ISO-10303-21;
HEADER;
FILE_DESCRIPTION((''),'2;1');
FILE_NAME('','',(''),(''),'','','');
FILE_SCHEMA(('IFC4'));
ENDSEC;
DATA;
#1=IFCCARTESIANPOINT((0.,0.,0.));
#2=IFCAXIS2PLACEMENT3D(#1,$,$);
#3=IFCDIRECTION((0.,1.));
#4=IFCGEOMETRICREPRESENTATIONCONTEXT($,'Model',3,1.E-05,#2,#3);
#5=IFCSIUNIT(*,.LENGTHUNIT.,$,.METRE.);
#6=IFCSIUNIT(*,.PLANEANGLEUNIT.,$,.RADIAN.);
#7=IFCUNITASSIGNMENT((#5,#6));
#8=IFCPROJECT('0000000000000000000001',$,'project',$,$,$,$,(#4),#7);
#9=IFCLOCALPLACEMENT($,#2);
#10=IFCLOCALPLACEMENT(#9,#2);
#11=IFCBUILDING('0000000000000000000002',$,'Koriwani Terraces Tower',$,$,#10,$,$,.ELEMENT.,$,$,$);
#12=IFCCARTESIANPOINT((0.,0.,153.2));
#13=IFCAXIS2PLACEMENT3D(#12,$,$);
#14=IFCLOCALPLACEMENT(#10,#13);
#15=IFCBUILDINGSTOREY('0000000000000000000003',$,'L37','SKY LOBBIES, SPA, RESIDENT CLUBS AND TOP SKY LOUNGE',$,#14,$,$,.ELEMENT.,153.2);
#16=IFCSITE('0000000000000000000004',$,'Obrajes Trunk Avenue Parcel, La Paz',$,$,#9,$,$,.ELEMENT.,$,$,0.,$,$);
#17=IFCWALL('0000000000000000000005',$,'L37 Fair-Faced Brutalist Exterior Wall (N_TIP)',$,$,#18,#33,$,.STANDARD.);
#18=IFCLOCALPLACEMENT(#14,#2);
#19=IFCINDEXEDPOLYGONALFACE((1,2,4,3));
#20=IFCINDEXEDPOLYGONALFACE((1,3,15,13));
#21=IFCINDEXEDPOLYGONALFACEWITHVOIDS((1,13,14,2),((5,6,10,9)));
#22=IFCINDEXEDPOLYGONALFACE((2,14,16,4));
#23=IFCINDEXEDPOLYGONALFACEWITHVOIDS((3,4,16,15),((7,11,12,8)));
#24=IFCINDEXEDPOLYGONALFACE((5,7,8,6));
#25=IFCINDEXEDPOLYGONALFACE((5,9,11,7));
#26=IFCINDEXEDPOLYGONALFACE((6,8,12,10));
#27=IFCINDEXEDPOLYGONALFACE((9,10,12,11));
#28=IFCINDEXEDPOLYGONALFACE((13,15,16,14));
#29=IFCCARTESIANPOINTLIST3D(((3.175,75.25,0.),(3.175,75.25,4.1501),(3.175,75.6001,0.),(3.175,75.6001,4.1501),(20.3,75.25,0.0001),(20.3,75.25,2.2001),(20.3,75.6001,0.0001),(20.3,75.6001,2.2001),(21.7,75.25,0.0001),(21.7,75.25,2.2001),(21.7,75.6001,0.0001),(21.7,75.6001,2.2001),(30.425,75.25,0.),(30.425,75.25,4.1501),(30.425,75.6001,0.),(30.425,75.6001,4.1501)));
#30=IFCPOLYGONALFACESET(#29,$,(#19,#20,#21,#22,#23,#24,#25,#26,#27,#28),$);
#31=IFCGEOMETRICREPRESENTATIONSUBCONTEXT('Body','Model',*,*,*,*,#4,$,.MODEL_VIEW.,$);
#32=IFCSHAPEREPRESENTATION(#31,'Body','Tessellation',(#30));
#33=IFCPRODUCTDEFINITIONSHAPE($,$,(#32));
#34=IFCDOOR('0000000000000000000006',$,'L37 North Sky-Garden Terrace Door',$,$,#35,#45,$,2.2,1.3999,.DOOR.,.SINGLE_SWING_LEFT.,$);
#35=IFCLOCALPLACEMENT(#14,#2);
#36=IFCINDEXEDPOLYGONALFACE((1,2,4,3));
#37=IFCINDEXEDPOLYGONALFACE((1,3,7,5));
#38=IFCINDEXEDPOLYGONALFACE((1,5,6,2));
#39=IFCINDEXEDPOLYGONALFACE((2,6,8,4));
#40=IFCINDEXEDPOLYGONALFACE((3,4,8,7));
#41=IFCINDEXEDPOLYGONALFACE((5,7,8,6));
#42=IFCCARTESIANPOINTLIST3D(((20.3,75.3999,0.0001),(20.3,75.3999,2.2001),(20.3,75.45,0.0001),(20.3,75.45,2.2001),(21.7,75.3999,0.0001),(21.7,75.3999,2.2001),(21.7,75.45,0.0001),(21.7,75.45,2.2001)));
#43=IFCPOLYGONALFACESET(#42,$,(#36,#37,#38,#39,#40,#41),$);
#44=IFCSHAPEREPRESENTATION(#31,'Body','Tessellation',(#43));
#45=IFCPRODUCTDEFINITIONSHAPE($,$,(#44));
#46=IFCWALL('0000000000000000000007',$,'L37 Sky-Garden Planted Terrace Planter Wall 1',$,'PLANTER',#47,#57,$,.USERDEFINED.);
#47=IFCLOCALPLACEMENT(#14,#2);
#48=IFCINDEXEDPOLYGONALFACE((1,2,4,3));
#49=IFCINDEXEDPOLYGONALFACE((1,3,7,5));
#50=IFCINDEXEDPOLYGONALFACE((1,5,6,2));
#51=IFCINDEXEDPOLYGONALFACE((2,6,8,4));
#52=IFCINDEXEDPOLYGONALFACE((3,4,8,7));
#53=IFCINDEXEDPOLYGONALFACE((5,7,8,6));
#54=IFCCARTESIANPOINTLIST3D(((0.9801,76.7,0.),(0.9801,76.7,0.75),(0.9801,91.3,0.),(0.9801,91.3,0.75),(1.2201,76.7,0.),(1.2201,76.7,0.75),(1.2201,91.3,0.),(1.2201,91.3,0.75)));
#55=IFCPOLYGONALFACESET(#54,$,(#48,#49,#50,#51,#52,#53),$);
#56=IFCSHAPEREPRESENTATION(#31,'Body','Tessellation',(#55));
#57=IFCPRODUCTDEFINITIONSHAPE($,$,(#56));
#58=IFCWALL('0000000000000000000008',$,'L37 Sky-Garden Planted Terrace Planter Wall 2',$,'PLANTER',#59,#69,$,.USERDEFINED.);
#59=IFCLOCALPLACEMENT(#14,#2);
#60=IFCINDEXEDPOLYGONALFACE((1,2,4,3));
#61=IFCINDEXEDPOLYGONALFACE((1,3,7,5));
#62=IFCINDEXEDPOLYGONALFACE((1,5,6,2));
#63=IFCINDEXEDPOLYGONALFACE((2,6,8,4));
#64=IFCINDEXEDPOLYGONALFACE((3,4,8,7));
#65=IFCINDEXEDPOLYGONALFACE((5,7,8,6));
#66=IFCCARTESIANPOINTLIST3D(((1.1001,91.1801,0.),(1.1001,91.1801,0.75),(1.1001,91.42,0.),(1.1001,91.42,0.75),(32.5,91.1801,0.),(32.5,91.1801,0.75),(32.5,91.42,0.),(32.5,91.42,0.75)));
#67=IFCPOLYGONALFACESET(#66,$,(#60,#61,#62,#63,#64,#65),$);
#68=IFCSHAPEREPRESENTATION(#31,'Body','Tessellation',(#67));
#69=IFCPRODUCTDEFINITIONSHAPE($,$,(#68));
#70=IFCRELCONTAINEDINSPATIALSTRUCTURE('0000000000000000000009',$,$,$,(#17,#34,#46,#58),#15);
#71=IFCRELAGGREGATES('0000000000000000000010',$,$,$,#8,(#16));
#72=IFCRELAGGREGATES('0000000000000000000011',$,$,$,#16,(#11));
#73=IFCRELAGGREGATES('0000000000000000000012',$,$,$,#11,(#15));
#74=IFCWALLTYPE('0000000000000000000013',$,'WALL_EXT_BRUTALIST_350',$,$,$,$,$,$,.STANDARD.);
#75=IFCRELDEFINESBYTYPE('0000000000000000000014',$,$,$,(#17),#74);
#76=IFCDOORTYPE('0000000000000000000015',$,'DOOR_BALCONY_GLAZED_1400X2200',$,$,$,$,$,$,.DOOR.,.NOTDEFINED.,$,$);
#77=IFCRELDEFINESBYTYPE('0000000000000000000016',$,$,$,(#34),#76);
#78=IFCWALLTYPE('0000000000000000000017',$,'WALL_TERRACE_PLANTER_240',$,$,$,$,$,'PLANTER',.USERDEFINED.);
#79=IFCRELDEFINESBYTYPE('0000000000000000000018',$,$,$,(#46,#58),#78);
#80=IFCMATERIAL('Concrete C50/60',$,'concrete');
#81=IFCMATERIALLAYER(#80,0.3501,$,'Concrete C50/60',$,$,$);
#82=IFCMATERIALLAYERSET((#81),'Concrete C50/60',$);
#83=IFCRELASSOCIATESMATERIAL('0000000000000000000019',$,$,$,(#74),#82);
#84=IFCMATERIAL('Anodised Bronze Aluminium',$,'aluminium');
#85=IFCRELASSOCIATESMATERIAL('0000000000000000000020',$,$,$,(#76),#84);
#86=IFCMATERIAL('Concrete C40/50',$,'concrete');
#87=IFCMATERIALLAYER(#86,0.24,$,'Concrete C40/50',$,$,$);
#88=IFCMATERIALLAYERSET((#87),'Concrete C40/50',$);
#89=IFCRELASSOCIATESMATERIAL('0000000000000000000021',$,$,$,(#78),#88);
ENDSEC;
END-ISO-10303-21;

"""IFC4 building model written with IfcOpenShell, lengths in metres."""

from ifc_helpers import new_model, si_unit, direction, frame, frame_2d, origin, place, context, subcontext, project, spatial, rectangle, extrude, material, layer, layer_set, type_object, element, fill, save


model = new_model("IFC4")

# Units and contexts
model_context = context("Model", 3, precision=1e-05, world=origin(), true_north=direction((0.0, 1.0)))
body_context = subcontext(model_context, "Body", "Model", "MODEL_VIEW")
ifc_project = project(units=[si_unit("LENGTHUNIT", "METRE"), si_unit("PLANEANGLEUNIT", "RADIAN")], contexts=[model_context])

# Site, building, storey
site_placement = place(None, origin())
site = spatial("IfcSite", under=ifc_project, at=site_placement, Name="Obrajes Trunk Avenue Parcel, La Paz", CompositionType="ELEMENT", RefElevation=0.0)
building_placement = place(site_placement, origin())
building = spatial("IfcBuilding", under=site, at=building_placement, Name="Koriwani Terraces Tower", CompositionType="ELEMENT")
storey_placement = place(building_placement, frame((0.0, 0.0, 153.2)))
storey = spatial("IfcBuildingStorey", under=building, at=storey_placement, Name="L37", Description="SKY LOBBIES, SPA, RESIDENT CLUBS AND TOP SKY LOUNGE", CompositionType="ELEMENT", Elevation=153.2)

# Shared definitions
ifc_material_1 = material(Name="Concrete C50/60", Category="concrete")

# Shared definitions
ifc_material_2 = material(Name="Concrete C40/50", Category="concrete")

# Shared definitions
ifc_material_3 = material(Name="Anodised Bronze Aluminium", Category="aluminium")

# Shared definitions
ifc_layer_1 = layer(ifc_material_1, 0.3501, Name="Concrete C50/60")
ifc_layer_set_1 = layer_set([ifc_layer_1], Name="Concrete C50/60")
wall_type_1 = type_object("IfcWallType", Name="WALL_EXT_BRUTALIST_350", PredefinedType="STANDARD", material=ifc_layer_set_1)

# Wall, opening, door
wall_1_placement = place(storey_placement, frame((3.175, 75.425, 0.0), z_axis=(0.0, 0.0, 1.0), x_axis=(1.0, 0.0, 0.0)))
wall_1 = element("IfcWall", 1, at=wall_1_placement, inside=storey, type_object=wall_type_1, Name="L37 Fair-Faced Brutalist Exterior Wall (N_TIP)", PredefinedType="STANDARD", context=body_context, shape_type="SweptSolid", body=[
    extrude(rectangle(XDim=27.25, YDim=0.3501, at=frame_2d((13.625, 0.0))), origin(), (0.0, 0.0, 1.0), 4.1501),
])
opening_1_placement = place(wall_1_placement, frame((17.125, 0.0, 0.0)))
opening_1 = element("IfcOpeningElement", 2, at=opening_1_placement, cuts=wall_1, PredefinedType="OPENING", context=body_context, shape_type="SweptSolid", body=[
    extrude(rectangle(XDim=1.3999, YDim=2.2, at=frame_2d((0.7, 1.1001))), frame((0.0, 0.1851, 0.0), z_axis=(0.0, -1.0, 0.0), x_axis=(1.0, 0.0, 0.0)), (0.0, 0.0, 1.0), 0.3701),
])
door_type_1 = type_object("IfcDoorType", Name="DOOR_BALCONY_GLAZED_1400X2200", OperationType="NOTDEFINED", PredefinedType="DOOR", material=ifc_material_3)
door_1_placement = place(opening_1_placement, origin())
door_1 = element("IfcDoor", 3, at=door_1_placement, inside=storey, type_object=door_type_1, Name="L37 North Sky-Garden Terrace Door", OperationType="SINGLE_SWING_LEFT", OverallHeight=2.2, OverallWidth=1.3999, PredefinedType="DOOR", context=body_context, shape_type="SweptSolid", body=[
    extrude(rectangle(XDim=1.3999, YDim=2.2, at=frame_2d((0.7, 1.1001))), frame((0.0, 0.0249, 0.0), z_axis=(0.0, -1.0, 0.0), x_axis=(1.0, 0.0, 0.0)), (0.0, 0.0, 1.0), 0.05),
])
fill(opening_1, door_1)

# Walls
ifc_layer_2 = layer(ifc_material_2, 0.24, Name="Concrete C40/50")
ifc_layer_set_2 = layer_set([ifc_layer_2], Name="Concrete C40/50")
wall_type_2 = type_object("IfcWallType", Name="WALL_TERRACE_PLANTER_240", ElementType="PLANTER", PredefinedType="USERDEFINED", material=ifc_layer_set_2)
wall_2_placement = place(storey_placement, frame((1.1001, 76.7, 0.0), z_axis=(0.0, 0.0, 1.0), x_axis=(0.0, 1.0, 0.0)))
element("IfcWall", 4, at=wall_2_placement, inside=storey, type_object=wall_type_2, Name="L37 Sky-Garden Planted Terrace Planter Wall 1", ObjectType="PLANTER", PredefinedType="USERDEFINED", context=body_context, shape_type="SweptSolid", body=[
    extrude(rectangle(XDim=14.6001, YDim=0.24, at=frame_2d((7.3, 0.0))), origin(), (0.0, 0.0, 1.0), 0.75),
])
wall_3_placement = place(storey_placement, frame((1.1001, 91.3, 0.0), z_axis=(0.0, 0.0, 1.0), x_axis=(1.0, 0.0, 0.0)))
element("IfcWall", 5, at=wall_3_placement, inside=storey, type_object=wall_type_2, Name="L37 Sky-Garden Planted Terrace Planter Wall 2", ObjectType="PLANTER", PredefinedType="USERDEFINED", context=body_context, shape_type="SweptSolid", body=[
    extrude(rectangle(XDim=31.3999, YDim=0.24, at=frame_2d((15.7, 0.0))), origin(), (0.0, 0.0, 1.0), 0.75),
])

save(model, "model.ifc")
